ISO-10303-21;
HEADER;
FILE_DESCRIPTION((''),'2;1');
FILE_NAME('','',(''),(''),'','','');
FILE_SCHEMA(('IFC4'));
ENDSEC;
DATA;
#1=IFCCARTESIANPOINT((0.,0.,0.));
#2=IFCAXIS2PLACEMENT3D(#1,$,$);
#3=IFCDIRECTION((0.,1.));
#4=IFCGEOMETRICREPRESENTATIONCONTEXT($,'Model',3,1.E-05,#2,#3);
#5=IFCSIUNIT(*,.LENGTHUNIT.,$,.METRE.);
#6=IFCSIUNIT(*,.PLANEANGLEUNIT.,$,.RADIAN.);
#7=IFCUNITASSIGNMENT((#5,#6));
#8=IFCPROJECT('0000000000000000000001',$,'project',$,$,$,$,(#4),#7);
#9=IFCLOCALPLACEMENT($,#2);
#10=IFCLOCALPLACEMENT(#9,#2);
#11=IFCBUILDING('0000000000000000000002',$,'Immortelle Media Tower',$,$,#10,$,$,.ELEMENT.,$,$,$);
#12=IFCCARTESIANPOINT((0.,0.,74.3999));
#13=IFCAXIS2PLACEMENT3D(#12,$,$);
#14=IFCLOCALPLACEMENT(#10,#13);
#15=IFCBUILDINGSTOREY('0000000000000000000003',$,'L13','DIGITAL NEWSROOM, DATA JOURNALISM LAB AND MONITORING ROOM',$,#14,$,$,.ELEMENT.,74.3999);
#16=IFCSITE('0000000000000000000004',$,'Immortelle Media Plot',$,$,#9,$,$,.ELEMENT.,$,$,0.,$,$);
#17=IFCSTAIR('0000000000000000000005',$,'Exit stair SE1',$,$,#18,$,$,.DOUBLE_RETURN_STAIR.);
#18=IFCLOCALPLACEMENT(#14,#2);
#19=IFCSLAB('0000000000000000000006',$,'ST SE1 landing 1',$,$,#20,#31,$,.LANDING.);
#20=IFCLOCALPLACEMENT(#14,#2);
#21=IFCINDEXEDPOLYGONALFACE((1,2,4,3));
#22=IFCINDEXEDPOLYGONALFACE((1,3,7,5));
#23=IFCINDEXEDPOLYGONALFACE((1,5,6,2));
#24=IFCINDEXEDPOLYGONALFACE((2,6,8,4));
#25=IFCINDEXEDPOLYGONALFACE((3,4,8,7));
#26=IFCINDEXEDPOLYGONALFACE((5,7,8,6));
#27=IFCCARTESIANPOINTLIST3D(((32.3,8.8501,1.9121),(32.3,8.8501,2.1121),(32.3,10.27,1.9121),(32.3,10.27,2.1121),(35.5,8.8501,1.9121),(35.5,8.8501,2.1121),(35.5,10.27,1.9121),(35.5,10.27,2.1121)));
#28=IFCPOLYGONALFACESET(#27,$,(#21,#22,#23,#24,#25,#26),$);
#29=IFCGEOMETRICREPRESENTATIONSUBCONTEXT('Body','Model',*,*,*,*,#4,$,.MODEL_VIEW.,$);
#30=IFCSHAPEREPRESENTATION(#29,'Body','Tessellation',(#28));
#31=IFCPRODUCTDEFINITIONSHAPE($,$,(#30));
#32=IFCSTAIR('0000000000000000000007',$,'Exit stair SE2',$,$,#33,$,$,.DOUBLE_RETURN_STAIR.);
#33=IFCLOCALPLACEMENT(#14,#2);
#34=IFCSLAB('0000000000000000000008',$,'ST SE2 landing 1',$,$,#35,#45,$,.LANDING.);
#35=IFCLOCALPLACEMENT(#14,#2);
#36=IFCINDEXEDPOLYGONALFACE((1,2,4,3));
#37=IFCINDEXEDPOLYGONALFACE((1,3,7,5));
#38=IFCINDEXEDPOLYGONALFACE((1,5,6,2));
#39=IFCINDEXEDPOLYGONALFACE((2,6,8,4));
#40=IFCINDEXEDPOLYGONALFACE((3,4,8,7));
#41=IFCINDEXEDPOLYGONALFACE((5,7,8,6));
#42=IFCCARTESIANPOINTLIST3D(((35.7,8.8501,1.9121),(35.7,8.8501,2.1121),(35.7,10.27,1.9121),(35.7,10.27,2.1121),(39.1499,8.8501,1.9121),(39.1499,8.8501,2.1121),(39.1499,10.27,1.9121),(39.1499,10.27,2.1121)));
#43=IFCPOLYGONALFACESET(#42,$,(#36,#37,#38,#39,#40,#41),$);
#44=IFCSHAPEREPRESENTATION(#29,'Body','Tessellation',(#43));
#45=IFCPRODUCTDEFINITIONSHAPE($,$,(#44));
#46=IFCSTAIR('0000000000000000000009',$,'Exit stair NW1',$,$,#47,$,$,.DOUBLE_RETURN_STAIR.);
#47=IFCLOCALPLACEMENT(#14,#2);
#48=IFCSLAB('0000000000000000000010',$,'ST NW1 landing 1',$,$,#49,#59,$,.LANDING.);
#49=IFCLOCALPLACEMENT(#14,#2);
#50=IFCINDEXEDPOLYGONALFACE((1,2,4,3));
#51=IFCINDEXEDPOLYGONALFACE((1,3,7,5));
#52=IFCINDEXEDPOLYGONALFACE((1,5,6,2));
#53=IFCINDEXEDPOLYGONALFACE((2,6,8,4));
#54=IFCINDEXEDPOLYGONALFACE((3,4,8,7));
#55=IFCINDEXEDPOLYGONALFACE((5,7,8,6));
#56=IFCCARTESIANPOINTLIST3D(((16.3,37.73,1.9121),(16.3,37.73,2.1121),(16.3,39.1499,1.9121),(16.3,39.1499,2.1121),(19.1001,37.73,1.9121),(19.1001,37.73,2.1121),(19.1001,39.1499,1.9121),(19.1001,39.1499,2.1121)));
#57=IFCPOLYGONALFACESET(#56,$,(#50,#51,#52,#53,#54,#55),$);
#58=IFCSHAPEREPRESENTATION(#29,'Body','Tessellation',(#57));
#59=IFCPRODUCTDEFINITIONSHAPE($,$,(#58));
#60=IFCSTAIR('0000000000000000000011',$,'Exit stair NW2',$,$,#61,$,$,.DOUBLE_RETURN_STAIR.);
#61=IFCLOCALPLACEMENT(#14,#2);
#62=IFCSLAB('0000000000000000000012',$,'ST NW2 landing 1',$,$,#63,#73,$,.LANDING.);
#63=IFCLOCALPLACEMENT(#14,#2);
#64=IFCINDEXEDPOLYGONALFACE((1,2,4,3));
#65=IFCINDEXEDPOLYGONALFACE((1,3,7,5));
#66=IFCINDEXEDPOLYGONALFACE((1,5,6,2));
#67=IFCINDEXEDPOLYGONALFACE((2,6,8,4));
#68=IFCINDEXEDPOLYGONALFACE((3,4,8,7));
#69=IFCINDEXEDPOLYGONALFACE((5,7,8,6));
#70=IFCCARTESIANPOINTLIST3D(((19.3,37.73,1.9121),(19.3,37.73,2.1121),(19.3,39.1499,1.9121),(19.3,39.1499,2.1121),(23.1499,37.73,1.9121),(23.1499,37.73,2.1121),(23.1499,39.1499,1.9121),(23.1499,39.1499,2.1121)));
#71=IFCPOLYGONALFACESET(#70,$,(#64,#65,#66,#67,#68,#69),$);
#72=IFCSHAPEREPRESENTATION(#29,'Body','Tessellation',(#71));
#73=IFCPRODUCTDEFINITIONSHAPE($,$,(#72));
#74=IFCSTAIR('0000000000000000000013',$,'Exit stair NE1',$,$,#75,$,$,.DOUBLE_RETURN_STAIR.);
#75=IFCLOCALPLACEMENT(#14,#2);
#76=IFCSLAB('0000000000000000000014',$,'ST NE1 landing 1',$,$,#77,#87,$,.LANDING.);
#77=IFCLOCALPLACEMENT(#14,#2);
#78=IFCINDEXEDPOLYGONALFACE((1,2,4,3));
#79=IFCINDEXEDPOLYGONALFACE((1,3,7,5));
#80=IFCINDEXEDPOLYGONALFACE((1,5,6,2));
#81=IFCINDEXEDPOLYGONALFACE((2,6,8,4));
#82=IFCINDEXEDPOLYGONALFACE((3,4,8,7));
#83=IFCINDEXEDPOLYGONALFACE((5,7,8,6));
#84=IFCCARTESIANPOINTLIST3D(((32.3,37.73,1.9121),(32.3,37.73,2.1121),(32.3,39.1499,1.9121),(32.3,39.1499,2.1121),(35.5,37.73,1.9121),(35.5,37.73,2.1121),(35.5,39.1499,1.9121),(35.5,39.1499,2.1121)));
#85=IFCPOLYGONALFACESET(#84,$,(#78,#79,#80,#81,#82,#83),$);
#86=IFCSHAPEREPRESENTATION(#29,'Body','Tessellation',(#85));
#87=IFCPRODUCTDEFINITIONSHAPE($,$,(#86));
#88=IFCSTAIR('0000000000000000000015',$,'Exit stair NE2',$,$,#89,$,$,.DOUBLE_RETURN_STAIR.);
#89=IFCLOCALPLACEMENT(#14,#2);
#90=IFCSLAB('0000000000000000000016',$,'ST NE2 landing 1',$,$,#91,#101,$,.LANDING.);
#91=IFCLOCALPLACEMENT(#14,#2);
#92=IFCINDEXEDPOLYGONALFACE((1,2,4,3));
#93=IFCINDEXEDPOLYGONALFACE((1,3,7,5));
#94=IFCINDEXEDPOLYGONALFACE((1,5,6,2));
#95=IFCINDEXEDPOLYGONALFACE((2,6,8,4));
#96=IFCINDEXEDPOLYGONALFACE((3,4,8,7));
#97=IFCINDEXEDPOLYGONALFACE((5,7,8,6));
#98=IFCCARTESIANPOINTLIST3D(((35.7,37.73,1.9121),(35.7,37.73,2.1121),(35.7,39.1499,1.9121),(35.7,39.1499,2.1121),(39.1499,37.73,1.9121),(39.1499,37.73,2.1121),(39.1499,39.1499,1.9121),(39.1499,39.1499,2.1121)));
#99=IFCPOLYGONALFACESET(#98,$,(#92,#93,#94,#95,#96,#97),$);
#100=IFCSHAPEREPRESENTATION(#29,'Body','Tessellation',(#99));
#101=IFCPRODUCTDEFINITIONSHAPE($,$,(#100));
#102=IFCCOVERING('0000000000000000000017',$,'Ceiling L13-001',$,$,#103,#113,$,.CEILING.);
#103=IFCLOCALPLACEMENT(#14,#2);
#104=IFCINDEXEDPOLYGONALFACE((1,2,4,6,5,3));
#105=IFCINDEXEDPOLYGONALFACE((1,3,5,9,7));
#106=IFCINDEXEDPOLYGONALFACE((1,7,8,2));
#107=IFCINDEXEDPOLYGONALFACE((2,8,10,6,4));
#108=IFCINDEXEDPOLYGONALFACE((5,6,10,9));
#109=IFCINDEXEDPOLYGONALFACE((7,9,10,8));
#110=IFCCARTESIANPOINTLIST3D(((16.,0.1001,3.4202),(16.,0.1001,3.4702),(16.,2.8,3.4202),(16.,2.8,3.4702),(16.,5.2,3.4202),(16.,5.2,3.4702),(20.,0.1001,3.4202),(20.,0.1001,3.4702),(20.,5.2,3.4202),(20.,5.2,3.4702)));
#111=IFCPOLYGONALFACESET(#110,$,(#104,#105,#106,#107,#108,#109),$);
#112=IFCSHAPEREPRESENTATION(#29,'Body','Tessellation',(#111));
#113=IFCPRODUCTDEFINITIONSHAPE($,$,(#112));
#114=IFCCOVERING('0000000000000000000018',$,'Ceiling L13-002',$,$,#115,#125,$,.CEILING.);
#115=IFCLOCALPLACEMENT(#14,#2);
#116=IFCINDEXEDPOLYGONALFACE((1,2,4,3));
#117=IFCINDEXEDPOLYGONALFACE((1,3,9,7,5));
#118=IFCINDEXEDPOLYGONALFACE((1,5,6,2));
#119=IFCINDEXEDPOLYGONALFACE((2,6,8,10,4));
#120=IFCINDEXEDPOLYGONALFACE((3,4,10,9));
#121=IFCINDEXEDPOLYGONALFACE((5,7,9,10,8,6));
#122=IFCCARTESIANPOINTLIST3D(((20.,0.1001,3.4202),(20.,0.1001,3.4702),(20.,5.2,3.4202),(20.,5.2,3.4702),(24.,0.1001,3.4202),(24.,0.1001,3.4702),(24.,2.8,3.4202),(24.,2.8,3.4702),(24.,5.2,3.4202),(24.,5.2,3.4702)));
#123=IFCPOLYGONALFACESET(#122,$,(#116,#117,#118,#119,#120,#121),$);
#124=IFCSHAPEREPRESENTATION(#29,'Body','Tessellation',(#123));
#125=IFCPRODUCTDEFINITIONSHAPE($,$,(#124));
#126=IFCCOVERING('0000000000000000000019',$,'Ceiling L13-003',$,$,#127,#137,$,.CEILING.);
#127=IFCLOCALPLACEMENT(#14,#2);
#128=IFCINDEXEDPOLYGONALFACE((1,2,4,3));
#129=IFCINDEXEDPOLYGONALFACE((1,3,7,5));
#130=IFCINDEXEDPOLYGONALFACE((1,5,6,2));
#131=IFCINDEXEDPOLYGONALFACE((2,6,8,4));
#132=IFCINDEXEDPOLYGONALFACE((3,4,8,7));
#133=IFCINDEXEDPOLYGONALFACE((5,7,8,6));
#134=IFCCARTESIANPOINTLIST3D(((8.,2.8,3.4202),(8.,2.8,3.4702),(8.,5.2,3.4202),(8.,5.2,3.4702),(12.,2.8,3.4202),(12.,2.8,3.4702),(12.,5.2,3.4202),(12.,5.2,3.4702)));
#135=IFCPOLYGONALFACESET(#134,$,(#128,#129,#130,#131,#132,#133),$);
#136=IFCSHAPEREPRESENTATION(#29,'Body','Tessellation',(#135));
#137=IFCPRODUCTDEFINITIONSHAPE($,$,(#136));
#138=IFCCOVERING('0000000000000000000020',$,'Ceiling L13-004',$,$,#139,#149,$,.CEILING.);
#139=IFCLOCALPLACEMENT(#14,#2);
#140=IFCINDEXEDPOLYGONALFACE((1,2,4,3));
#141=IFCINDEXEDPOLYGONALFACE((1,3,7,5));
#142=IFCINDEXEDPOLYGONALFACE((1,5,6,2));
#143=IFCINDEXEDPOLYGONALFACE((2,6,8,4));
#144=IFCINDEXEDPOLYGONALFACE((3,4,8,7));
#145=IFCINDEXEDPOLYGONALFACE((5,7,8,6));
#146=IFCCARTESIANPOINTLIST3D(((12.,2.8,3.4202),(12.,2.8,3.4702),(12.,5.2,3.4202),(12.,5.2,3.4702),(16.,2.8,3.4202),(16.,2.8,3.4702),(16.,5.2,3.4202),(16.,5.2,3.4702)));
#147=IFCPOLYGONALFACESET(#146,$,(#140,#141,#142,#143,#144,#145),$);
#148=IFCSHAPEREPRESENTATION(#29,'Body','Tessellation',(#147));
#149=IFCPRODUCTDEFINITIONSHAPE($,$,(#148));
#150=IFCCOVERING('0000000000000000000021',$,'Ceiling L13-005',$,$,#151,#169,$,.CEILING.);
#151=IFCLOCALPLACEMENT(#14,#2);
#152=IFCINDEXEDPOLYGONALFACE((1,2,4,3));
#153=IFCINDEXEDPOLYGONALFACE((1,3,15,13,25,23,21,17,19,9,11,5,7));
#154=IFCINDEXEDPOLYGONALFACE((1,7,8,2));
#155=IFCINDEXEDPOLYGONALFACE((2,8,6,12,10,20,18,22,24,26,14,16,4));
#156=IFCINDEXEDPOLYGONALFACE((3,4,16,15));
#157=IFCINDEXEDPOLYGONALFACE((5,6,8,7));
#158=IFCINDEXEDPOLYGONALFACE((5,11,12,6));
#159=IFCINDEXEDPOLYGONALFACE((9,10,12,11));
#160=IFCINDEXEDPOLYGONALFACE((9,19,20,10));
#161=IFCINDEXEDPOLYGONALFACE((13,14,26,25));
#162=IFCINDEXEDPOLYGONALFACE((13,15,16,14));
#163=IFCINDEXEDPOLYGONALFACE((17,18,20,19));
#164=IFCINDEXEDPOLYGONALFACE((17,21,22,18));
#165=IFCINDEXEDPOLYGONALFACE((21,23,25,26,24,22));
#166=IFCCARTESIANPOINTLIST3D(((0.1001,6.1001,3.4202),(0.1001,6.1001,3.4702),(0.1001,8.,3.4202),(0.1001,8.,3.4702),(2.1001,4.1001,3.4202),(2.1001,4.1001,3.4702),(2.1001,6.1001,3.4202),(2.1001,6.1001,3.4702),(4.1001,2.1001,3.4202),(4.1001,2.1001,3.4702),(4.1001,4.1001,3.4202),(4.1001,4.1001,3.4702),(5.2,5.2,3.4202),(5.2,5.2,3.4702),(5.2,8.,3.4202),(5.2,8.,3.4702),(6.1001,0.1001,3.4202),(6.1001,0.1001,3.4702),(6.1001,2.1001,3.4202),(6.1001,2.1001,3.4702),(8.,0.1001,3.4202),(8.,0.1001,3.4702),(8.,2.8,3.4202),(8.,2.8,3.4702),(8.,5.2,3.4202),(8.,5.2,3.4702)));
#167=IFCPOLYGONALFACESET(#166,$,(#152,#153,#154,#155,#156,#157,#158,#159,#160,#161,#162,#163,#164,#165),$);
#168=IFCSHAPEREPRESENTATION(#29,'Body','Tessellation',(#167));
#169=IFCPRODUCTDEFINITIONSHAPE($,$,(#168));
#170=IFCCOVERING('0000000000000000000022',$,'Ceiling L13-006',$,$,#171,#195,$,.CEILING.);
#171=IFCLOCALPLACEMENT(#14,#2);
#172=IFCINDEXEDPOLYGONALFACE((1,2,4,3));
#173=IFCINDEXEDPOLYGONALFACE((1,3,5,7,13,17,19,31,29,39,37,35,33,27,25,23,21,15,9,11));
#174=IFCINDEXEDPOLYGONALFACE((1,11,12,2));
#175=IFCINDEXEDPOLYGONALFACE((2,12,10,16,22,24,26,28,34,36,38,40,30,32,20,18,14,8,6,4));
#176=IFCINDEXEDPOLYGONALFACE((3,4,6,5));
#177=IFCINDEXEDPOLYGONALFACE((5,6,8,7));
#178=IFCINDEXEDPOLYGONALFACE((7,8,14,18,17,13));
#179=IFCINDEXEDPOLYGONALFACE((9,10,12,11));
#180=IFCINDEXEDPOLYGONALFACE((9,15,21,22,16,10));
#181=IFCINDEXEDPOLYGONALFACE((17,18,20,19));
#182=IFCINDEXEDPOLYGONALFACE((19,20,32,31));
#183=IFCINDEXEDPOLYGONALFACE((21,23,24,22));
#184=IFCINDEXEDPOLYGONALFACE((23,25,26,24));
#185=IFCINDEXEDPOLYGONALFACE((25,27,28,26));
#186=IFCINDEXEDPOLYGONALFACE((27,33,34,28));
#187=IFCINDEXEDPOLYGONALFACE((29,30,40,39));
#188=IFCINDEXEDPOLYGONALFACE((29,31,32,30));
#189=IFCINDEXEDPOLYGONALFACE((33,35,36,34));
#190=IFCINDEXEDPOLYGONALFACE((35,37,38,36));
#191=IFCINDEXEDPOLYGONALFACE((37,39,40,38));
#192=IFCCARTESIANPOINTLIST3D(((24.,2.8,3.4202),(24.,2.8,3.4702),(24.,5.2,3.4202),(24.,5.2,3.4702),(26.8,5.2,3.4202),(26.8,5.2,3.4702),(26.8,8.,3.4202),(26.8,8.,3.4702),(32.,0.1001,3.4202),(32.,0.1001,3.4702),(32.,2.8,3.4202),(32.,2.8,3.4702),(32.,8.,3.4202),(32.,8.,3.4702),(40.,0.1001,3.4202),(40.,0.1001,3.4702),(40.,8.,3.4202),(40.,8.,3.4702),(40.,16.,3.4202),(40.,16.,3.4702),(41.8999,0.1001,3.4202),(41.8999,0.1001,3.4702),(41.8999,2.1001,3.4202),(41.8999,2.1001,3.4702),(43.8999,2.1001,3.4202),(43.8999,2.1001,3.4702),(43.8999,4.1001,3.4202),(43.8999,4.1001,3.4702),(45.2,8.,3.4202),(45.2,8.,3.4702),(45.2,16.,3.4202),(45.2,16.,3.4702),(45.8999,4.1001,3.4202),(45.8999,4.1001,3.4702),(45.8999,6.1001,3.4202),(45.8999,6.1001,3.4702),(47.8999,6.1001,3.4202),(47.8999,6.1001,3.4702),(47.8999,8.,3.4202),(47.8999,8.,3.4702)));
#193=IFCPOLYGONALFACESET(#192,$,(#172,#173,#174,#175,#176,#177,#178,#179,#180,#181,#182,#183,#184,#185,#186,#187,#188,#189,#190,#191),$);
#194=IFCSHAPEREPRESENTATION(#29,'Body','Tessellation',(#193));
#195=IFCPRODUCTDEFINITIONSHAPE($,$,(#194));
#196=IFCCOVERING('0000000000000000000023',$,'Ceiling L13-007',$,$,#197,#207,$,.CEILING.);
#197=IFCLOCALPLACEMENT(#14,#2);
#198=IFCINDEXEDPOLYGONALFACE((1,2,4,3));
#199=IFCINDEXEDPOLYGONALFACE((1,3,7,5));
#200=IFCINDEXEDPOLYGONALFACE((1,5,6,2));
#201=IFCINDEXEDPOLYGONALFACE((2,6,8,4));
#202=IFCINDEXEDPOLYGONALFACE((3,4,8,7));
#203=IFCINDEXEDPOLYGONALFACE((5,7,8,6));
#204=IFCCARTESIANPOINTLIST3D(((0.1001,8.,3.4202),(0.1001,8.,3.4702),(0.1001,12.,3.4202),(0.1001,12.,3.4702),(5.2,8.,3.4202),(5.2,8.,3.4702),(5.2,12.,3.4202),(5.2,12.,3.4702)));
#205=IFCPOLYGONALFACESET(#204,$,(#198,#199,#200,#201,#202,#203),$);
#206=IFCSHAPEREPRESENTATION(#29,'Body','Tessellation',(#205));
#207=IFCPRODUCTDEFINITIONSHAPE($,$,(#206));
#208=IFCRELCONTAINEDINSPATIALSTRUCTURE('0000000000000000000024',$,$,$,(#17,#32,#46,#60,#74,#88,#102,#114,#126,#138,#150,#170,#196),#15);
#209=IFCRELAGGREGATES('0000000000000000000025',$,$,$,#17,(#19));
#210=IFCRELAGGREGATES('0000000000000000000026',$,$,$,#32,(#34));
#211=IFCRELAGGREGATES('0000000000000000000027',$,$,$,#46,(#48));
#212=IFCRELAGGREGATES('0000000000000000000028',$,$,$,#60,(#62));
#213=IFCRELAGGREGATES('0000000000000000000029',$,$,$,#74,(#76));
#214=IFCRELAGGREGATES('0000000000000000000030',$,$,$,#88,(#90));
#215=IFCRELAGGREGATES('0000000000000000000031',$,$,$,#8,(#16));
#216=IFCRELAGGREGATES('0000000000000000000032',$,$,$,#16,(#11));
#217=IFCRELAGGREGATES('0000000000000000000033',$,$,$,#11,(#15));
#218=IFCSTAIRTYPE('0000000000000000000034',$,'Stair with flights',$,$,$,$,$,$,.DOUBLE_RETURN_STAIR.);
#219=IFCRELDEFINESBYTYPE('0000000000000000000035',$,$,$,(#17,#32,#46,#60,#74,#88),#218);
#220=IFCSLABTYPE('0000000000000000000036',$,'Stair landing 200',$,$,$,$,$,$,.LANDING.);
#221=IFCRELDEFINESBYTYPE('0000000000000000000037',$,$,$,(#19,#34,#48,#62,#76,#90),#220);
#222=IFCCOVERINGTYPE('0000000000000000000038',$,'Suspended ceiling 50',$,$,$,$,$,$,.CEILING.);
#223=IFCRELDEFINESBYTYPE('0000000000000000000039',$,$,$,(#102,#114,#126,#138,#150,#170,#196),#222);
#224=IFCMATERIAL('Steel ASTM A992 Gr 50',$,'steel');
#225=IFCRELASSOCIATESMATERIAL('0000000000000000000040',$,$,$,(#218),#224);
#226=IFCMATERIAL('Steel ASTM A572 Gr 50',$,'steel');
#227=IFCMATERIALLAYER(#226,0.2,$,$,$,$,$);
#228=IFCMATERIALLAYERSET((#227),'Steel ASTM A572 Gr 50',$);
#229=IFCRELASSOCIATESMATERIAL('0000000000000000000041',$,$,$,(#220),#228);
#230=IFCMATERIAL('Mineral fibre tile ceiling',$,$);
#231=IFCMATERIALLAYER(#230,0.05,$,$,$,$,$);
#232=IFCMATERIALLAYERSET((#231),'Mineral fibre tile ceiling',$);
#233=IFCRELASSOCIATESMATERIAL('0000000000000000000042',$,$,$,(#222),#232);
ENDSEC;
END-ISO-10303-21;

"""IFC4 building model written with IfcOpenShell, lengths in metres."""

from ifc_helpers import new_model, si_unit, direction, frame, origin, place, context, subcontext, project, spatial, polyline, outline, extrude, material, layer, layer_set, type_object, element, aggregate, save


model = new_model("IFC4")

# Units and contexts
model_context = context("Model", 3, precision=1e-05, world=origin(), true_north=direction((0.0, 1.0)))
body_context = subcontext(model_context, "Body", "Model", "MODEL_VIEW")
ifc_project = project(units=[si_unit("LENGTHUNIT", "METRE"), si_unit("PLANEANGLEUNIT", "RADIAN")], contexts=[model_context])

# Site, building, storey
site_placement = place(None, origin())
site = spatial("IfcSite", under=ifc_project, at=site_placement, Name="Immortelle Media Plot", CompositionType="ELEMENT", RefElevation=0.0)
building_placement = place(site_placement, origin())
building = spatial("IfcBuilding", under=site, at=building_placement, Name="Immortelle Media Tower", CompositionType="ELEMENT")
storey_placement = place(building_placement, frame((0.0, 0.0, 74.3999)))
storey = spatial("IfcBuildingStorey", under=building, at=storey_placement, Name="L13", Description="DIGITAL NEWSROOM, DATA JOURNALISM LAB AND MONITORING ROOM", CompositionType="ELEMENT", Elevation=74.3999)

# Stairs, slabs
ifc_material_1 = material(Name="Steel ASTM A992 Gr 50", Category="steel")
stair_type = type_object("IfcStairType", Name="Stair with flights", PredefinedType="DOUBLE_RETURN_STAIR", material=ifc_material_1)
ifc_material_2 = material(Name="Steel ASTM A572 Gr 50", Category="steel")
ifc_layer_1 = layer(ifc_material_2, 0.2)
ifc_layer_set_1 = layer_set([ifc_layer_1], Name="Steel ASTM A572 Gr 50")
slab_type_1 = type_object("IfcSlabType", Name="Stair landing 200", PredefinedType="LANDING", material=ifc_layer_set_1)
stair_1_placement = place(storey_placement, origin())
stair_1 = element("IfcStair", 1, at=stair_1_placement, inside=storey, type_object=stair_type, Name="Exit stair SE1", PredefinedType="DOUBLE_RETURN_STAIR")
slab_1_placement = place(storey_placement, frame((0.0, 0.0, 1.9121)))
slab_1 = element("IfcSlab", 2, at=slab_1_placement, type_object=slab_type_1, Name="ST SE1 landing 1", PredefinedType="LANDING", context=body_context, shape_type="SweptSolid", body=[
    extrude(outline(polyline([(32.3, 8.8501), (35.5, 8.8501), (35.5, 10.27), (32.3, 10.27), (32.3, 8.8501)])), origin(), (0.0, 0.0, 1.0), 0.2),
])
aggregate(stair_1, [slab_1])
stair_2_placement = place(storey_placement, origin())
stair_2 = element("IfcStair", 3, at=stair_2_placement, inside=storey, type_object=stair_type, Name="Exit stair SE2", PredefinedType="DOUBLE_RETURN_STAIR")
slab_2_placement = place(storey_placement, frame((0.0, 0.0, 1.9121)))
slab_2 = element("IfcSlab", 4, at=slab_2_placement, type_object=slab_type_1, Name="ST SE2 landing 1", PredefinedType="LANDING", context=body_context, shape_type="SweptSolid", body=[
    extrude(outline(polyline([(35.7, 8.8501), (39.1499, 8.8501), (39.1499, 10.27), (35.7, 10.27), (35.7, 8.8501)])), origin(), (0.0, 0.0, 1.0), 0.2),
])
aggregate(stair_2, [slab_2])
stair_3_placement = place(storey_placement, origin())
stair_3 = element("IfcStair", 5, at=stair_3_placement, inside=storey, type_object=stair_type, Name="Exit stair NW1", PredefinedType="DOUBLE_RETURN_STAIR")
slab_3_placement = place(storey_placement, frame((0.0, 0.0, 1.9121)))
slab_3 = element("IfcSlab", 6, at=slab_3_placement, type_object=slab_type_1, Name="ST NW1 landing 1", PredefinedType="LANDING", context=body_context, shape_type="SweptSolid", body=[
    extrude(outline(polyline([(16.3, 37.73), (19.1001, 37.73), (19.1001, 39.1499), (16.3, 39.1499), (16.3, 37.73)])), origin(), (0.0, 0.0, 1.0), 0.2),
])
aggregate(stair_3, [slab_3])
stair_4_placement = place(storey_placement, origin())
stair_4 = element("IfcStair", 7, at=stair_4_placement, inside=storey, type_object=stair_type, Name="Exit stair NW2", PredefinedType="DOUBLE_RETURN_STAIR")
slab_4_placement = place(storey_placement, frame((0.0, 0.0, 1.9121)))
slab_4 = element("IfcSlab", 8, at=slab_4_placement, type_object=slab_type_1, Name="ST NW2 landing 1", PredefinedType="LANDING", context=body_context, shape_type="SweptSolid", body=[
    extrude(outline(polyline([(19.3, 37.73), (23.1499, 37.73), (23.1499, 39.1499), (19.3, 39.1499), (19.3, 37.73)])), origin(), (0.0, 0.0, 1.0), 0.2),
])
aggregate(stair_4, [slab_4])
stair_5_placement = place(storey_placement, origin())
stair_5 = element("IfcStair", 9, at=stair_5_placement, inside=storey, type_object=stair_type, Name="Exit stair NE1", PredefinedType="DOUBLE_RETURN_STAIR")
slab_5_placement = place(storey_placement, frame((0.0, 0.0, 1.9121)))
slab_5 = element("IfcSlab", 10, at=slab_5_placement, type_object=slab_type_1, Name="ST NE1 landing 1", PredefinedType="LANDING", context=body_context, shape_type="SweptSolid", body=[
    extrude(outline(polyline([(32.3, 37.73), (35.5, 37.73), (35.5, 39.1499), (32.3, 39.1499), (32.3, 37.73)])), origin(), (0.0, 0.0, 1.0), 0.2),
])
aggregate(stair_5, [slab_5])
stair_6_placement = place(storey_placement, origin())
stair_6 = element("IfcStair", 11, at=stair_6_placement, inside=storey, type_object=stair_type, Name="Exit stair NE2", PredefinedType="DOUBLE_RETURN_STAIR")
slab_6_placement = place(storey_placement, frame((0.0, 0.0, 1.9121)))
slab_6 = element("IfcSlab", 12, at=slab_6_placement, type_object=slab_type_1, Name="ST NE2 landing 1", PredefinedType="LANDING", context=body_context, shape_type="SweptSolid", body=[
    extrude(outline(polyline([(35.7, 37.73), (39.1499, 37.73), (39.1499, 39.1499), (35.7, 39.1499), (35.7, 37.73)])), origin(), (0.0, 0.0, 1.0), 0.2),
])
aggregate(stair_6, [slab_6])

# Coverings
ifc_material_3 = material(Name="Mineral fibre tile ceiling")
ifc_layer_2 = layer(ifc_material_3, 0.05)
ifc_layer_set_2 = layer_set([ifc_layer_2], Name="Mineral fibre tile ceiling")
covering_type = type_object("IfcCoveringType", Name="Suspended ceiling 50", PredefinedType="CEILING", material=ifc_layer_set_2)
covering_1_placement = place(storey_placement, frame((0.0, 0.0, 3.4202)))
element("IfcCovering", 13, at=covering_1_placement, inside=storey, type_object=covering_type, Name="Ceiling L13-001", PredefinedType="CEILING", context=body_context, shape_type="SweptSolid", body=[
    extrude(outline(polyline([(16.0, 2.8), (16.0, 5.2), (20.0, 5.2), (20.0, 0.1001), (16.0, 0.1001), (16.0, 2.8)])), origin(), (0.0, 0.0, 1.0), 0.05),
])
covering_2_placement = place(storey_placement, frame((0.0, 0.0, 3.4202)))
element("IfcCovering", 14, at=covering_2_placement, inside=storey, type_object=covering_type, Name="Ceiling L13-002", PredefinedType="CEILING", context=body_context, shape_type="SweptSolid", body=[
    extrude(outline(polyline([(24.0, 5.2), (24.0, 2.8), (24.0, 0.1001), (20.0, 0.1001), (20.0, 5.2), (24.0, 5.2)])), origin(), (0.0, 0.0, 1.0), 0.05),
])
covering_3_placement = place(storey_placement, frame((0.0, 0.0, 3.4202)))
element("IfcCovering", 15, at=covering_3_placement, inside=storey, type_object=covering_type, Name="Ceiling L13-003", PredefinedType="CEILING", context=body_context, shape_type="SweptSolid", body=[
    extrude(outline(polyline([(8.0, 5.2), (12.0, 5.2), (12.0, 2.8), (8.0, 2.8), (8.0, 5.2)])), origin(), (0.0, 0.0, 1.0), 0.05),
])
covering_4_placement = place(storey_placement, frame((0.0, 0.0, 3.4202)))
element("IfcCovering", 16, at=covering_4_placement, inside=storey, type_object=covering_type, Name="Ceiling L13-004", PredefinedType="CEILING", context=body_context, shape_type="SweptSolid", body=[
    extrude(outline(polyline([(16.0, 5.2), (16.0, 2.8), (12.0, 2.8), (12.0, 5.2), (16.0, 5.2)])), origin(), (0.0, 0.0, 1.0), 0.05),
])
covering_5_placement = place(storey_placement, frame((0.0, 0.0, 3.4202)))
element("IfcCovering", 17, at=covering_5_placement, inside=storey, type_object=covering_type, Name="Ceiling L13-005", PredefinedType="CEILING", context=body_context, shape_type="SweptSolid", body=[
    extrude(outline(polyline([(6.1001, 0.1001), (6.1001, 2.1001), (4.1001, 2.1001), (4.1001, 4.1001), (2.1001, 4.1001), (2.1001, 6.1001), (0.1001, 6.1001), (0.1001, 8.0), (5.2, 8.0), (5.2, 5.2), (8.0, 5.2), (8.0, 2.8), (8.0, 0.1001), (6.1001, 0.1001)])), origin(), (0.0, 0.0, 1.0), 0.05),
])
covering_6_placement = place(storey_placement, frame((0.0, 0.0, 3.4202)))
element("IfcCovering", 18, at=covering_6_placement, inside=storey, type_object=covering_type, Name="Ceiling L13-006", PredefinedType="CEILING", context=body_context, shape_type="SweptSolid", body=[
    extrude(outline(polyline([(24.0, 5.2), (26.8, 5.2), (26.8, 8.0), (32.0, 8.0), (40.0, 8.0), (40.0, 16.0), (45.2, 16.0), (45.2, 8.0), (47.8999, 8.0), (47.8999, 6.1001), (45.8999, 6.1001), (45.8999, 4.1001), (43.8999, 4.1001), (43.8999, 2.1001), (41.8999, 2.1001), (41.8999, 0.1001), (40.0, 0.1001), (32.0, 0.1001), (32.0, 2.8), (24.0, 2.8), (24.0, 5.2)])), origin(), (0.0, 0.0, 1.0), 0.05),
])
covering_7_placement = place(storey_placement, frame((0.0, 0.0, 3.4202)))
element("IfcCovering", 19, at=covering_7_placement, inside=storey, type_object=covering_type, Name="Ceiling L13-007", PredefinedType="CEILING", context=body_context, shape_type="SweptSolid", body=[
    extrude(outline(polyline([(0.1001, 8.0), (0.1001, 12.0), (5.2, 12.0), (5.2, 8.0), (0.1001, 8.0)])), origin(), (0.0, 0.0, 1.0), 0.05),
])

save(model, "model.ifc")
